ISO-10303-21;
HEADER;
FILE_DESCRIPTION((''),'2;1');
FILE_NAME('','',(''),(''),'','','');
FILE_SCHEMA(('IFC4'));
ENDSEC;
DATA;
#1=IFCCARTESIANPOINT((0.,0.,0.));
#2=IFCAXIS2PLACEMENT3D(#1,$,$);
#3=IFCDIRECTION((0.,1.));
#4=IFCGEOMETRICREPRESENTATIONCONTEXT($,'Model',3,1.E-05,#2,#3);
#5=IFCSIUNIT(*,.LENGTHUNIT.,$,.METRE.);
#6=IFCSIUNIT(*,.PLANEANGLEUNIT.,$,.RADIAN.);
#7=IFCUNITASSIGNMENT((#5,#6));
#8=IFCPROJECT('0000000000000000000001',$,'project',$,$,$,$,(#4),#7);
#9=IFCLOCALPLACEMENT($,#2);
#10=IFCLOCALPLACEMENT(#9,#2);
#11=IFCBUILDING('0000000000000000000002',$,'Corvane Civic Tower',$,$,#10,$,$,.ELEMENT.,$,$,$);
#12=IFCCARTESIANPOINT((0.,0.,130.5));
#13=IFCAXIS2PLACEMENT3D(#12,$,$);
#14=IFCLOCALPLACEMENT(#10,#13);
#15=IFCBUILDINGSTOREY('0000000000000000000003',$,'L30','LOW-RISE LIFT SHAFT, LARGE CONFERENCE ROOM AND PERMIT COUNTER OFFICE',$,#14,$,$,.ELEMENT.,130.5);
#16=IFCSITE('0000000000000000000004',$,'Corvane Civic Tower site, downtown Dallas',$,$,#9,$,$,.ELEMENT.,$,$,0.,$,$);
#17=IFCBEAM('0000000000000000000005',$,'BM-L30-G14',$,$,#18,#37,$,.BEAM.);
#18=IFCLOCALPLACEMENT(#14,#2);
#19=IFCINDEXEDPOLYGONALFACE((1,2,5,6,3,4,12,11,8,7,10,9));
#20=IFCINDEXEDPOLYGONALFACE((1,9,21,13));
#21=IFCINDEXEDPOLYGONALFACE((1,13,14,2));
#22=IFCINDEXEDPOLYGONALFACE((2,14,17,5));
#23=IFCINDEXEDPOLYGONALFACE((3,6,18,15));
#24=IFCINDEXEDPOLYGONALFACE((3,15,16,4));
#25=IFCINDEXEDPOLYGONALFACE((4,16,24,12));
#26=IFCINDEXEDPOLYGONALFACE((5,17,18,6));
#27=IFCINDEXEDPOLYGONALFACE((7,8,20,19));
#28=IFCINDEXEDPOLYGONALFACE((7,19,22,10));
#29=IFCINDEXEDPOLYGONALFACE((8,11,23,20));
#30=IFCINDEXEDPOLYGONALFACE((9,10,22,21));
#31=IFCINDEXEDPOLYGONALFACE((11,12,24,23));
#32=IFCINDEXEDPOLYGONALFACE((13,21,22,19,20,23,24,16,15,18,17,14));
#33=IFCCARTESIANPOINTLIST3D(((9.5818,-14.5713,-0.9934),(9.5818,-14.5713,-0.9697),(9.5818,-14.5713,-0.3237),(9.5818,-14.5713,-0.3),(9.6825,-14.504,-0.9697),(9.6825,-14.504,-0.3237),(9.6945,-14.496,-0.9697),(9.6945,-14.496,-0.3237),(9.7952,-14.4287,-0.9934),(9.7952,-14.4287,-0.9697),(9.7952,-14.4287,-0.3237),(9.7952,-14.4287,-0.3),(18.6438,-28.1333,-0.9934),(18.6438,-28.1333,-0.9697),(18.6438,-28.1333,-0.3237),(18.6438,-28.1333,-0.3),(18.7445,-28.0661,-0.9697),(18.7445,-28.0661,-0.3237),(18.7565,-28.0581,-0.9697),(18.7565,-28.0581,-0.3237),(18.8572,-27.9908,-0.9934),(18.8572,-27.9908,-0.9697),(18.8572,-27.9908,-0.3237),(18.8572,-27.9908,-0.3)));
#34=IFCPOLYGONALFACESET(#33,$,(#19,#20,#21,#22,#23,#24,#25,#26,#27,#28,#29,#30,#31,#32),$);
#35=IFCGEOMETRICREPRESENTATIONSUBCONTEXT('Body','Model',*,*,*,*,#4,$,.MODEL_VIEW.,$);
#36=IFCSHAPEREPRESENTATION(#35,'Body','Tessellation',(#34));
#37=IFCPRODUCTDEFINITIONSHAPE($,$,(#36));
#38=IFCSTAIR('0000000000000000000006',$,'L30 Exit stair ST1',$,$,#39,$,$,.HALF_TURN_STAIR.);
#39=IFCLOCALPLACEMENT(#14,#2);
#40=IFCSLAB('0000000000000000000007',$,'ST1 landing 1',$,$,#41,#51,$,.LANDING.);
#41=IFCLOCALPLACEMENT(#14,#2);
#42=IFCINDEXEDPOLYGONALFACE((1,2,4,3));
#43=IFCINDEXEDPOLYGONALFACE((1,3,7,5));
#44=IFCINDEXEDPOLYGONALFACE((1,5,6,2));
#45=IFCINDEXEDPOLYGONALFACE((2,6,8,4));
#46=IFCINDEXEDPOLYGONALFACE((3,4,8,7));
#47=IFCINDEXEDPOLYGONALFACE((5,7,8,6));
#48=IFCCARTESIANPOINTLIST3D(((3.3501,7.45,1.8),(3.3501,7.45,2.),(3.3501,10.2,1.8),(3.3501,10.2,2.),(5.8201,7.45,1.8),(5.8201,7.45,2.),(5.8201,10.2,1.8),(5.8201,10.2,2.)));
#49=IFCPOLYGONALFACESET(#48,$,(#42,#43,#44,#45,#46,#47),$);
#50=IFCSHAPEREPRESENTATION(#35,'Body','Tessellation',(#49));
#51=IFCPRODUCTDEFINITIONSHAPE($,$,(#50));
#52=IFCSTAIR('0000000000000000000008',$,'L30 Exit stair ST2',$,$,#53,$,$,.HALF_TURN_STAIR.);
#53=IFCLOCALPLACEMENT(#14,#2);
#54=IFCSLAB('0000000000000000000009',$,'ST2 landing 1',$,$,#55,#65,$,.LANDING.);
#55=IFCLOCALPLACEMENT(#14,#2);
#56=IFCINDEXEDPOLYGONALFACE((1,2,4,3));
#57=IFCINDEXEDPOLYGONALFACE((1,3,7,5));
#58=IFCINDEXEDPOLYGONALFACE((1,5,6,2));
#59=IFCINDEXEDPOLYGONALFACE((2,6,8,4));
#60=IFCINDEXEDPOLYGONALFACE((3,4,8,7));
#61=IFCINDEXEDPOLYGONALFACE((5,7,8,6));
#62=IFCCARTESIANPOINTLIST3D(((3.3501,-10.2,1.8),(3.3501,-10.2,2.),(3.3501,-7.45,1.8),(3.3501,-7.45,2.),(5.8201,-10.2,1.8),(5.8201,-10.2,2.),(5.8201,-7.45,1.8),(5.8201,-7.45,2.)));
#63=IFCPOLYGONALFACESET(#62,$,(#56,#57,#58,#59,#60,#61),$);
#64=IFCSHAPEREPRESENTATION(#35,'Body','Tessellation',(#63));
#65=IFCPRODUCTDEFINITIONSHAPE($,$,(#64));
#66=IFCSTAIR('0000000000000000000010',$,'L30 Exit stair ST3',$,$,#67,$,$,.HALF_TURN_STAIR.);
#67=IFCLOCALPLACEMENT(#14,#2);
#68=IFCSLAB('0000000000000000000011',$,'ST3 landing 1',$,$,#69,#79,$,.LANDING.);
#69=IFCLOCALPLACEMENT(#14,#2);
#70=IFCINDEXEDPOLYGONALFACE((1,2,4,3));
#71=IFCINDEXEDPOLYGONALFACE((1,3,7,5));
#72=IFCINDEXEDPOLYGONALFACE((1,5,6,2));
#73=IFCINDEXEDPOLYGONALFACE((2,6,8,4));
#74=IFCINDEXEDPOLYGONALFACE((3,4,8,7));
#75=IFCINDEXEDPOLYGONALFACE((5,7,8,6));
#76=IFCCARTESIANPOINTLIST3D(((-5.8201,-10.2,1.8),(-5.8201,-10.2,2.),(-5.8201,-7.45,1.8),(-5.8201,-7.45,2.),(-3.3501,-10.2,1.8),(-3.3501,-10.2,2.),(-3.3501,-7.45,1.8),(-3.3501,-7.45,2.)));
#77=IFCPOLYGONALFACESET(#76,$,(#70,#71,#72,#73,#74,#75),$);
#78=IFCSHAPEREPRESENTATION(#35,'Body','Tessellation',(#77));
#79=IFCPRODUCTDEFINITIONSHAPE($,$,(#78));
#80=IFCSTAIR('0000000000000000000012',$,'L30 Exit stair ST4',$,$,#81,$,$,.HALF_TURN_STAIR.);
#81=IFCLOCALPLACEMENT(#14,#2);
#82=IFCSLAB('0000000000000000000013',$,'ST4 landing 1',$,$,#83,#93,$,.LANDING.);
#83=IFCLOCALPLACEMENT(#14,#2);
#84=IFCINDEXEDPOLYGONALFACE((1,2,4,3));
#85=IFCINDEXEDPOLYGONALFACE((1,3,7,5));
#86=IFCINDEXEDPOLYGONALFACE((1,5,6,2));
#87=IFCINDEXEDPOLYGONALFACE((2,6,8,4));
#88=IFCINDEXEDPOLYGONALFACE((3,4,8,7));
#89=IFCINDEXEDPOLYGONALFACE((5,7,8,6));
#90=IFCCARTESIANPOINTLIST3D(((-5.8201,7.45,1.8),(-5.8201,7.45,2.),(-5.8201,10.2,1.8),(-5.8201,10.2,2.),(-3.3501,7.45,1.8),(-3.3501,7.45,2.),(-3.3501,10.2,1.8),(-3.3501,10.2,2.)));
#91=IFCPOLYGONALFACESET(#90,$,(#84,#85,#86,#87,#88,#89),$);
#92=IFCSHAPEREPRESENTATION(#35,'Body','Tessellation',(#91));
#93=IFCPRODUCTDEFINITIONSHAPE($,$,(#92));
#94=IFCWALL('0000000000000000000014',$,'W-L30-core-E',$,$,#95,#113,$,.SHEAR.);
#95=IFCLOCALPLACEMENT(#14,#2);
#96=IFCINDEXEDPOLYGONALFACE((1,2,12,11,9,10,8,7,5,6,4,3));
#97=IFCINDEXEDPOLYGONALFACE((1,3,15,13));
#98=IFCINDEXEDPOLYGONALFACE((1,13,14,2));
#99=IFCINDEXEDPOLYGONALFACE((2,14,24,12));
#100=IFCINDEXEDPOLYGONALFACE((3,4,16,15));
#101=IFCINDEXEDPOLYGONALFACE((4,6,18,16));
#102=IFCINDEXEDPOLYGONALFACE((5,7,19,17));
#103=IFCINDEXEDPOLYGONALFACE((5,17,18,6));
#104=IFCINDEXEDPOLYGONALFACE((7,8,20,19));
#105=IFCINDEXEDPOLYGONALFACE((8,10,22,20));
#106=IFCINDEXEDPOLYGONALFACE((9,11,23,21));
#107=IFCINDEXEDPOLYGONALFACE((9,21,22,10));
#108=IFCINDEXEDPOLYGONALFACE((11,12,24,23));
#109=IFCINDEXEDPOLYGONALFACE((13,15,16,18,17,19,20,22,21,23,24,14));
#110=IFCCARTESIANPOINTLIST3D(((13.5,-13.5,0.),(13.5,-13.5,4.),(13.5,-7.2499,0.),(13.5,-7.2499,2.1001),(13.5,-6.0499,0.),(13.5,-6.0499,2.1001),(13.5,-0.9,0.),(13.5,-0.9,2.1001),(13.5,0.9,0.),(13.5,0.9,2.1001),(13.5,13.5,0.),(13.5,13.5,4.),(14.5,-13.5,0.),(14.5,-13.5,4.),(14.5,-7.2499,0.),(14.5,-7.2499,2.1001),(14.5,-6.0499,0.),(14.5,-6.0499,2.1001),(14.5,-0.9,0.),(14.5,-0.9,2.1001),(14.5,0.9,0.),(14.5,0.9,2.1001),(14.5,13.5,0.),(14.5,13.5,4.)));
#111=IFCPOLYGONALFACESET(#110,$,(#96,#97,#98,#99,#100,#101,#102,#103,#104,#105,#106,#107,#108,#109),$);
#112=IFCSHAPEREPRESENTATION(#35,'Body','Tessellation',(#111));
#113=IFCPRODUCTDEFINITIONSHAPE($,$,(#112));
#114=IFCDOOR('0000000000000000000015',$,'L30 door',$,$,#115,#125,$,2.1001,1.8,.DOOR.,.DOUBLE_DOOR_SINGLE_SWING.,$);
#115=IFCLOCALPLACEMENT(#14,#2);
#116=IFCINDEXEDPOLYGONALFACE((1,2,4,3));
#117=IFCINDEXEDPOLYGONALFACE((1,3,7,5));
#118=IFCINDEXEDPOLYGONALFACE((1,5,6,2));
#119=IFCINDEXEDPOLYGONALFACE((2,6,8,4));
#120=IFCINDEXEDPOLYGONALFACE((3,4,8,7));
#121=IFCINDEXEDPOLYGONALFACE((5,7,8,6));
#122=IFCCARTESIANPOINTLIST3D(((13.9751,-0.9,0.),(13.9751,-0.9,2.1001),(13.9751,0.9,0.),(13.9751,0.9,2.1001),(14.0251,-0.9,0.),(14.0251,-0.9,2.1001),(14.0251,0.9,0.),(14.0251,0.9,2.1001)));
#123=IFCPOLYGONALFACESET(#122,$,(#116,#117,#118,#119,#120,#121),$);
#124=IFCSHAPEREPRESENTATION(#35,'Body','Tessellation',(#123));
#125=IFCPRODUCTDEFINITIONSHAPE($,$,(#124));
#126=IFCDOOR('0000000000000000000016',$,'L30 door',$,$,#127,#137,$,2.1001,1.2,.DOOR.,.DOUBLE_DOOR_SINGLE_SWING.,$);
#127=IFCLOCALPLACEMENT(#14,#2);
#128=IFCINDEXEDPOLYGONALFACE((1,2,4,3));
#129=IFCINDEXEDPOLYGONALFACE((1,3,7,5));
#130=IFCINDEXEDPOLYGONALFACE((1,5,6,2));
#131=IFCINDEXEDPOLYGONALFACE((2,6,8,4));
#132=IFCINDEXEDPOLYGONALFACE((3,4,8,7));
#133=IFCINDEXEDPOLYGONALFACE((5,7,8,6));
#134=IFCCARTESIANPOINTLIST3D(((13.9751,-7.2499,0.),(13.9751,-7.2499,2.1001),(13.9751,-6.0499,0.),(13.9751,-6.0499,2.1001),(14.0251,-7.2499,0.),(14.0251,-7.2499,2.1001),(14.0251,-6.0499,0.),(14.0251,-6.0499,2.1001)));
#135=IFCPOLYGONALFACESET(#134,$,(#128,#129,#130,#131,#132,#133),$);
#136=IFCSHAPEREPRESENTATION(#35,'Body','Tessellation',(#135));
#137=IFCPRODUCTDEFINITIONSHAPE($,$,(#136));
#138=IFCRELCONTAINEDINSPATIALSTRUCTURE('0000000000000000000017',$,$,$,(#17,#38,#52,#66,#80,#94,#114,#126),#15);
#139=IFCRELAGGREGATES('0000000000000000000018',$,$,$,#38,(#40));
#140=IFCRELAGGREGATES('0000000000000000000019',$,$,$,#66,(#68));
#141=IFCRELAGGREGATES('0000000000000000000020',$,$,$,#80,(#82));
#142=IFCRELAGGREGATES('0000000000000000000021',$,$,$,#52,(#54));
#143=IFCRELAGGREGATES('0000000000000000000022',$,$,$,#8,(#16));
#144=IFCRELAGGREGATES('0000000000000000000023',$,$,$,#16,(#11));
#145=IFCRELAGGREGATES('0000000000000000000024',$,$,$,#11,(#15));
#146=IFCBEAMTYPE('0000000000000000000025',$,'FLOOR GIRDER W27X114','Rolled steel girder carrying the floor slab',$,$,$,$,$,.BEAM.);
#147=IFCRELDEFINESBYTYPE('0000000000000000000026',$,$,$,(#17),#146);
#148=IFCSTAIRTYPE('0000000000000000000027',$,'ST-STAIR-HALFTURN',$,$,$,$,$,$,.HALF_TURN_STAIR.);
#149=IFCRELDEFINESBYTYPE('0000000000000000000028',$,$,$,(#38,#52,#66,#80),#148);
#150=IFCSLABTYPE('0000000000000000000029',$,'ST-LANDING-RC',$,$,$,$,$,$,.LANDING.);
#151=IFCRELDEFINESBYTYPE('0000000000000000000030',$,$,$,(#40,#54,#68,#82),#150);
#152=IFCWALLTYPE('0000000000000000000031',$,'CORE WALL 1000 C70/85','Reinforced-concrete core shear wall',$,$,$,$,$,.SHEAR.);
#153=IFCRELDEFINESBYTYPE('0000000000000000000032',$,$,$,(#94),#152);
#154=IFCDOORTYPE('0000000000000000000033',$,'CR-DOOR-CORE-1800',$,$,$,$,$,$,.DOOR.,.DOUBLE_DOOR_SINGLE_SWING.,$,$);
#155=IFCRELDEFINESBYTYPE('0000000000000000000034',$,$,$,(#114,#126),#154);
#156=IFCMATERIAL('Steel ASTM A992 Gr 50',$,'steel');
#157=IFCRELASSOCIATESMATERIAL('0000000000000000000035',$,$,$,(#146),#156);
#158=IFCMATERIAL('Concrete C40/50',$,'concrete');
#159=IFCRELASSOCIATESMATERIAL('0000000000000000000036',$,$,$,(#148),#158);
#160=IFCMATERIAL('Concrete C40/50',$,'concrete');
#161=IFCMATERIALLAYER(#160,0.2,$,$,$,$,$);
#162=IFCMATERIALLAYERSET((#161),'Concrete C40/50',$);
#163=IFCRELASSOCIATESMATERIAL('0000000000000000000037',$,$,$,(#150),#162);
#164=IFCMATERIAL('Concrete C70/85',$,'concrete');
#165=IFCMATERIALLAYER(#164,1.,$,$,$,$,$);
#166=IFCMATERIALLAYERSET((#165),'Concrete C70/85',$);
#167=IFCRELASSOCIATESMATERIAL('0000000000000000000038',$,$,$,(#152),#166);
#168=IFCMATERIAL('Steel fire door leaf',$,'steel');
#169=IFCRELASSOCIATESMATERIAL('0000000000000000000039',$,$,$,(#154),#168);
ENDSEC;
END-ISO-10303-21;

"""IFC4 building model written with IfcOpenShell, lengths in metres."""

from ifc_helpers import new_model, si_unit, direction, frame, frame_2d, origin, origin_2d, place, context, subcontext, project, spatial, polyline, rectangle, i_section, outline, extrude, material, layer, layer_set, material_profile, profile_set, type_object, element, fill, aggregate, save


model = new_model("IFC4")

# Units and contexts
model_context = context("Model", 3, precision=1e-05, world=origin(), true_north=direction((0.0, 1.0)))
body_context = subcontext(model_context, "Body", "Model", "MODEL_VIEW")
ifc_project = project(units=[si_unit("LENGTHUNIT", "METRE"), si_unit("PLANEANGLEUNIT", "RADIAN")], contexts=[model_context])

# Site, building, storey
site_placement = place(None, origin())
site = spatial("IfcSite", under=ifc_project, at=site_placement, Name="Corvane Civic Tower site, downtown Dallas", CompositionType="ELEMENT", RefElevation=0.0)
building_placement = place(site_placement, origin())
building = spatial("IfcBuilding", under=site, at=building_placement, Name="Corvane Civic Tower", CompositionType="ELEMENT")
storey_placement = place(building_placement, frame((0.0, 0.0, 130.5)))
storey = spatial("IfcBuildingStorey", under=building, at=storey_placement, Name="L30", Description="LOW-RISE LIFT SHAFT, LARGE CONFERENCE ROOM AND PERMIT COUNTER OFFICE", CompositionType="ELEMENT", Elevation=130.5)

# Beam
ifc_material_1 = material(Name="Steel ASTM A992 Gr 50", Category="steel")
ifc_material_profile = material_profile(ifc_material_1, i_section(OverallWidth=0.2566, OverallDepth=0.6934, WebThickness=0.0144, FlangeThickness=0.0237, at=origin_2d()), Name="W27X114")
ifc_profile_set = profile_set([ifc_material_profile], Name="Steel ASTM A992 Gr 50")
beam_type = type_object("IfcBeamType", Name="FLOOR GIRDER W27X114", Description="Rolled steel girder carrying the floor slab", PredefinedType="BEAM", material=ifc_profile_set)
beam_placement = place(storey_placement, frame((9.6885, -14.5, -0.6467), z_axis=(0.555577, -0.831465, 0.0), x_axis=(0.831465, 0.555577, 0.0)))
element("IfcBeam", 1, at=beam_placement, inside=storey, type_object=beam_type, Name="BM-L30-G14", PredefinedType="BEAM", context=body_context, shape_type="SweptSolid", body=[
    extrude(i_section(OverallWidth=0.2566, OverallDepth=0.6934, WebThickness=0.0144, FlangeThickness=0.0237, at=origin_2d()), origin(), (0.0, 0.0, 1.0), 16.311),
])

# Stairs, slabs
ifc_material_2 = material(Name="Concrete C40/50", Category="concrete")
stair_type = type_object("IfcStairType", Name="ST-STAIR-HALFTURN", PredefinedType="HALF_TURN_STAIR", material=ifc_material_2)
stair_1_placement = place(storey_placement, origin())
stair_1 = element("IfcStair", 2, at=stair_1_placement, inside=storey, type_object=stair_type, Name="L30 Exit stair ST1", PredefinedType="HALF_TURN_STAIR")
ifc_material_3 = material(Name="Concrete C40/50", Category="concrete")
ifc_layer_1 = layer(ifc_material_3, 0.2)
ifc_layer_set_1 = layer_set([ifc_layer_1], Name="Concrete C40/50")
slab_type_1 = type_object("IfcSlabType", Name="ST-LANDING-RC", PredefinedType="LANDING", material=ifc_layer_set_1)
slab_1_placement = place(storey_placement, frame((0.0, 0.0, 1.8)))
slab_1 = element("IfcSlab", 3, at=slab_1_placement, type_object=slab_type_1, Name="ST1 landing 1", PredefinedType="LANDING", context=body_context, shape_type="SweptSolid", body=[
    extrude(outline(polyline([(5.8201, 10.2), (3.3501, 10.2), (3.3501, 7.45), (5.8201, 7.45), (5.8201, 10.2)])), origin(), (0.0, 0.0, 1.0), 0.2),
])
aggregate(stair_1, [slab_1])
stair_2_placement = place(storey_placement, origin())
stair_2 = element("IfcStair", 4, at=stair_2_placement, inside=storey, type_object=stair_type, Name="L30 Exit stair ST2", PredefinedType="HALF_TURN_STAIR")
slab_2_placement = place(storey_placement, frame((0.0, 0.0, 1.8)))
slab_2 = element("IfcSlab", 5, at=slab_2_placement, type_object=slab_type_1, Name="ST2 landing 1", PredefinedType="LANDING", context=body_context, shape_type="SweptSolid", body=[
    extrude(outline(polyline([(5.8201, -7.45), (3.3501, -7.45), (3.3501, -10.2), (5.8201, -10.2), (5.8201, -7.45)])), origin(), (0.0, 0.0, 1.0), 0.2),
])
stair_3_placement = place(storey_placement, origin())
stair_3 = element("IfcStair", 6, at=stair_3_placement, inside=storey, type_object=stair_type, Name="L30 Exit stair ST3", PredefinedType="HALF_TURN_STAIR")
slab_3_placement = place(storey_placement, frame((0.0, 0.0, 1.8)))
slab_3 = element("IfcSlab", 7, at=slab_3_placement, type_object=slab_type_1, Name="ST3 landing 1", PredefinedType="LANDING", context=body_context, shape_type="SweptSolid", body=[
    extrude(outline(polyline([(-5.8201, -10.2), (-3.3501, -10.2), (-3.3501, -7.45), (-5.8201, -7.45), (-5.8201, -10.2)])), origin(), (0.0, 0.0, 1.0), 0.2),
])
aggregate(stair_3, [slab_3])
stair_4_placement = place(storey_placement, origin())
stair_4 = element("IfcStair", 8, at=stair_4_placement, inside=storey, type_object=stair_type, Name="L30 Exit stair ST4", PredefinedType="HALF_TURN_STAIR")
slab_4_placement = place(storey_placement, frame((0.0, 0.0, 1.8)))
slab_4 = element("IfcSlab", 9, at=slab_4_placement, type_object=slab_type_1, Name="ST4 landing 1", PredefinedType="LANDING", context=body_context, shape_type="SweptSolid", body=[
    extrude(outline(polyline([(-5.8201, 7.45), (-3.3501, 7.45), (-3.3501, 10.2), (-5.8201, 10.2), (-5.8201, 7.45)])), origin(), (0.0, 0.0, 1.0), 0.2),
])
aggregate(stair_4, [slab_4])

# Wall, openings, doors
ifc_material_4 = material(Name="Concrete C70/85", Category="concrete")
ifc_layer_2 = layer(ifc_material_4, 1.0)
ifc_layer_set_2 = layer_set([ifc_layer_2], Name="Concrete C70/85")
wall_type_1 = type_object("IfcWallType", Name="CORE WALL 1000 C70/85", Description="Reinforced-concrete core shear wall", PredefinedType="SHEAR", material=ifc_layer_set_2)
wall_1_placement = place(storey_placement, frame((14.0, -13.5, 0.0), z_axis=(0.0, 0.0, 1.0), x_axis=(0.0, 1.0, 0.0)))
wall_1 = element("IfcWall", 10, at=wall_1_placement, inside=storey, type_object=wall_type_1, Name="W-L30-core-E", PredefinedType="SHEAR", context=body_context, shape_type="SweptSolid", body=[
    extrude(rectangle(XDim=27.0, YDim=1.0, at=frame_2d((13.5, 0.0))), origin(), (0.0, 0.0, 1.0), 4.0),
])
opening_1_placement = place(wall_1_placement, frame((12.6001, 0.0, 0.0)))
opening_1 = element("IfcOpeningElement", 11, at=opening_1_placement, cuts=wall_1, PredefinedType="OPENING", context=body_context, shape_type="SweptSolid", body=[
    extrude(rectangle(XDim=1.8, YDim=2.1001, at=frame_2d((0.8999, 1.05))), frame((0.0, 0.51, 0.0), z_axis=(0.0, -1.0, 0.0), x_axis=(1.0, 0.0, 0.0)), (0.0, 0.0, 1.0), 1.02),
])
opening_2_placement = place(wall_1_placement, frame((6.25, 0.0, 0.0)))
opening_2 = element("IfcOpeningElement", 12, at=opening_2_placement, cuts=wall_1, PredefinedType="OPENING", context=body_context, shape_type="SweptSolid", body=[
    extrude(rectangle(XDim=1.2, YDim=2.1001, at=frame_2d((0.6001, 1.05))), frame((0.0, 0.51, 0.0), z_axis=(0.0, -1.0, 0.0), x_axis=(1.0, 0.0, 0.0)), (0.0, 0.0, 1.0), 1.02),
])
ifc_material_5 = material(Name="Steel fire door leaf", Category="steel")
door_type_1 = type_object("IfcDoorType", Name="CR-DOOR-CORE-1800", OperationType="DOUBLE_DOOR_SINGLE_SWING", PredefinedType="DOOR", material=ifc_material_5)
door_1_placement = place(opening_1_placement, origin())
door_1 = element("IfcDoor", 13, at=door_1_placement, inside=storey, type_object=door_type_1, Name="L30 door", OperationType="DOUBLE_DOOR_SINGLE_SWING", OverallHeight=2.1001, OverallWidth=1.8, PredefinedType="DOOR", context=body_context, shape_type="SweptSolid", body=[
    extrude(rectangle(XDim=1.8, YDim=2.1001, at=frame_2d((0.8999, 1.05))), frame((0.0, 0.0249, 0.0), z_axis=(0.0, -1.0, 0.0), x_axis=(1.0, 0.0, 0.0)), (0.0, 0.0, 1.0), 0.05),
])
fill(opening_1, door_1)
door_2_placement = place(opening_2_placement, origin())
door_2 = element("IfcDoor", 14, at=door_2_placement, inside=storey, type_object=door_type_1, Name="L30 door", OperationType="DOUBLE_DOOR_SINGLE_SWING", OverallHeight=2.1001, OverallWidth=1.2, PredefinedType="DOOR", context=body_context, shape_type="SweptSolid", body=[
    extrude(rectangle(XDim=1.2, YDim=2.1001, at=frame_2d((0.6001, 1.05))), frame((0.0, 0.0249, 0.0), z_axis=(0.0, -1.0, 0.0), x_axis=(1.0, 0.0, 0.0)), (0.0, 0.0, 1.0), 0.05),
])
fill(opening_2, door_2)

aggregate(stair_2, [slab_2])

save(model, "model.ifc")
